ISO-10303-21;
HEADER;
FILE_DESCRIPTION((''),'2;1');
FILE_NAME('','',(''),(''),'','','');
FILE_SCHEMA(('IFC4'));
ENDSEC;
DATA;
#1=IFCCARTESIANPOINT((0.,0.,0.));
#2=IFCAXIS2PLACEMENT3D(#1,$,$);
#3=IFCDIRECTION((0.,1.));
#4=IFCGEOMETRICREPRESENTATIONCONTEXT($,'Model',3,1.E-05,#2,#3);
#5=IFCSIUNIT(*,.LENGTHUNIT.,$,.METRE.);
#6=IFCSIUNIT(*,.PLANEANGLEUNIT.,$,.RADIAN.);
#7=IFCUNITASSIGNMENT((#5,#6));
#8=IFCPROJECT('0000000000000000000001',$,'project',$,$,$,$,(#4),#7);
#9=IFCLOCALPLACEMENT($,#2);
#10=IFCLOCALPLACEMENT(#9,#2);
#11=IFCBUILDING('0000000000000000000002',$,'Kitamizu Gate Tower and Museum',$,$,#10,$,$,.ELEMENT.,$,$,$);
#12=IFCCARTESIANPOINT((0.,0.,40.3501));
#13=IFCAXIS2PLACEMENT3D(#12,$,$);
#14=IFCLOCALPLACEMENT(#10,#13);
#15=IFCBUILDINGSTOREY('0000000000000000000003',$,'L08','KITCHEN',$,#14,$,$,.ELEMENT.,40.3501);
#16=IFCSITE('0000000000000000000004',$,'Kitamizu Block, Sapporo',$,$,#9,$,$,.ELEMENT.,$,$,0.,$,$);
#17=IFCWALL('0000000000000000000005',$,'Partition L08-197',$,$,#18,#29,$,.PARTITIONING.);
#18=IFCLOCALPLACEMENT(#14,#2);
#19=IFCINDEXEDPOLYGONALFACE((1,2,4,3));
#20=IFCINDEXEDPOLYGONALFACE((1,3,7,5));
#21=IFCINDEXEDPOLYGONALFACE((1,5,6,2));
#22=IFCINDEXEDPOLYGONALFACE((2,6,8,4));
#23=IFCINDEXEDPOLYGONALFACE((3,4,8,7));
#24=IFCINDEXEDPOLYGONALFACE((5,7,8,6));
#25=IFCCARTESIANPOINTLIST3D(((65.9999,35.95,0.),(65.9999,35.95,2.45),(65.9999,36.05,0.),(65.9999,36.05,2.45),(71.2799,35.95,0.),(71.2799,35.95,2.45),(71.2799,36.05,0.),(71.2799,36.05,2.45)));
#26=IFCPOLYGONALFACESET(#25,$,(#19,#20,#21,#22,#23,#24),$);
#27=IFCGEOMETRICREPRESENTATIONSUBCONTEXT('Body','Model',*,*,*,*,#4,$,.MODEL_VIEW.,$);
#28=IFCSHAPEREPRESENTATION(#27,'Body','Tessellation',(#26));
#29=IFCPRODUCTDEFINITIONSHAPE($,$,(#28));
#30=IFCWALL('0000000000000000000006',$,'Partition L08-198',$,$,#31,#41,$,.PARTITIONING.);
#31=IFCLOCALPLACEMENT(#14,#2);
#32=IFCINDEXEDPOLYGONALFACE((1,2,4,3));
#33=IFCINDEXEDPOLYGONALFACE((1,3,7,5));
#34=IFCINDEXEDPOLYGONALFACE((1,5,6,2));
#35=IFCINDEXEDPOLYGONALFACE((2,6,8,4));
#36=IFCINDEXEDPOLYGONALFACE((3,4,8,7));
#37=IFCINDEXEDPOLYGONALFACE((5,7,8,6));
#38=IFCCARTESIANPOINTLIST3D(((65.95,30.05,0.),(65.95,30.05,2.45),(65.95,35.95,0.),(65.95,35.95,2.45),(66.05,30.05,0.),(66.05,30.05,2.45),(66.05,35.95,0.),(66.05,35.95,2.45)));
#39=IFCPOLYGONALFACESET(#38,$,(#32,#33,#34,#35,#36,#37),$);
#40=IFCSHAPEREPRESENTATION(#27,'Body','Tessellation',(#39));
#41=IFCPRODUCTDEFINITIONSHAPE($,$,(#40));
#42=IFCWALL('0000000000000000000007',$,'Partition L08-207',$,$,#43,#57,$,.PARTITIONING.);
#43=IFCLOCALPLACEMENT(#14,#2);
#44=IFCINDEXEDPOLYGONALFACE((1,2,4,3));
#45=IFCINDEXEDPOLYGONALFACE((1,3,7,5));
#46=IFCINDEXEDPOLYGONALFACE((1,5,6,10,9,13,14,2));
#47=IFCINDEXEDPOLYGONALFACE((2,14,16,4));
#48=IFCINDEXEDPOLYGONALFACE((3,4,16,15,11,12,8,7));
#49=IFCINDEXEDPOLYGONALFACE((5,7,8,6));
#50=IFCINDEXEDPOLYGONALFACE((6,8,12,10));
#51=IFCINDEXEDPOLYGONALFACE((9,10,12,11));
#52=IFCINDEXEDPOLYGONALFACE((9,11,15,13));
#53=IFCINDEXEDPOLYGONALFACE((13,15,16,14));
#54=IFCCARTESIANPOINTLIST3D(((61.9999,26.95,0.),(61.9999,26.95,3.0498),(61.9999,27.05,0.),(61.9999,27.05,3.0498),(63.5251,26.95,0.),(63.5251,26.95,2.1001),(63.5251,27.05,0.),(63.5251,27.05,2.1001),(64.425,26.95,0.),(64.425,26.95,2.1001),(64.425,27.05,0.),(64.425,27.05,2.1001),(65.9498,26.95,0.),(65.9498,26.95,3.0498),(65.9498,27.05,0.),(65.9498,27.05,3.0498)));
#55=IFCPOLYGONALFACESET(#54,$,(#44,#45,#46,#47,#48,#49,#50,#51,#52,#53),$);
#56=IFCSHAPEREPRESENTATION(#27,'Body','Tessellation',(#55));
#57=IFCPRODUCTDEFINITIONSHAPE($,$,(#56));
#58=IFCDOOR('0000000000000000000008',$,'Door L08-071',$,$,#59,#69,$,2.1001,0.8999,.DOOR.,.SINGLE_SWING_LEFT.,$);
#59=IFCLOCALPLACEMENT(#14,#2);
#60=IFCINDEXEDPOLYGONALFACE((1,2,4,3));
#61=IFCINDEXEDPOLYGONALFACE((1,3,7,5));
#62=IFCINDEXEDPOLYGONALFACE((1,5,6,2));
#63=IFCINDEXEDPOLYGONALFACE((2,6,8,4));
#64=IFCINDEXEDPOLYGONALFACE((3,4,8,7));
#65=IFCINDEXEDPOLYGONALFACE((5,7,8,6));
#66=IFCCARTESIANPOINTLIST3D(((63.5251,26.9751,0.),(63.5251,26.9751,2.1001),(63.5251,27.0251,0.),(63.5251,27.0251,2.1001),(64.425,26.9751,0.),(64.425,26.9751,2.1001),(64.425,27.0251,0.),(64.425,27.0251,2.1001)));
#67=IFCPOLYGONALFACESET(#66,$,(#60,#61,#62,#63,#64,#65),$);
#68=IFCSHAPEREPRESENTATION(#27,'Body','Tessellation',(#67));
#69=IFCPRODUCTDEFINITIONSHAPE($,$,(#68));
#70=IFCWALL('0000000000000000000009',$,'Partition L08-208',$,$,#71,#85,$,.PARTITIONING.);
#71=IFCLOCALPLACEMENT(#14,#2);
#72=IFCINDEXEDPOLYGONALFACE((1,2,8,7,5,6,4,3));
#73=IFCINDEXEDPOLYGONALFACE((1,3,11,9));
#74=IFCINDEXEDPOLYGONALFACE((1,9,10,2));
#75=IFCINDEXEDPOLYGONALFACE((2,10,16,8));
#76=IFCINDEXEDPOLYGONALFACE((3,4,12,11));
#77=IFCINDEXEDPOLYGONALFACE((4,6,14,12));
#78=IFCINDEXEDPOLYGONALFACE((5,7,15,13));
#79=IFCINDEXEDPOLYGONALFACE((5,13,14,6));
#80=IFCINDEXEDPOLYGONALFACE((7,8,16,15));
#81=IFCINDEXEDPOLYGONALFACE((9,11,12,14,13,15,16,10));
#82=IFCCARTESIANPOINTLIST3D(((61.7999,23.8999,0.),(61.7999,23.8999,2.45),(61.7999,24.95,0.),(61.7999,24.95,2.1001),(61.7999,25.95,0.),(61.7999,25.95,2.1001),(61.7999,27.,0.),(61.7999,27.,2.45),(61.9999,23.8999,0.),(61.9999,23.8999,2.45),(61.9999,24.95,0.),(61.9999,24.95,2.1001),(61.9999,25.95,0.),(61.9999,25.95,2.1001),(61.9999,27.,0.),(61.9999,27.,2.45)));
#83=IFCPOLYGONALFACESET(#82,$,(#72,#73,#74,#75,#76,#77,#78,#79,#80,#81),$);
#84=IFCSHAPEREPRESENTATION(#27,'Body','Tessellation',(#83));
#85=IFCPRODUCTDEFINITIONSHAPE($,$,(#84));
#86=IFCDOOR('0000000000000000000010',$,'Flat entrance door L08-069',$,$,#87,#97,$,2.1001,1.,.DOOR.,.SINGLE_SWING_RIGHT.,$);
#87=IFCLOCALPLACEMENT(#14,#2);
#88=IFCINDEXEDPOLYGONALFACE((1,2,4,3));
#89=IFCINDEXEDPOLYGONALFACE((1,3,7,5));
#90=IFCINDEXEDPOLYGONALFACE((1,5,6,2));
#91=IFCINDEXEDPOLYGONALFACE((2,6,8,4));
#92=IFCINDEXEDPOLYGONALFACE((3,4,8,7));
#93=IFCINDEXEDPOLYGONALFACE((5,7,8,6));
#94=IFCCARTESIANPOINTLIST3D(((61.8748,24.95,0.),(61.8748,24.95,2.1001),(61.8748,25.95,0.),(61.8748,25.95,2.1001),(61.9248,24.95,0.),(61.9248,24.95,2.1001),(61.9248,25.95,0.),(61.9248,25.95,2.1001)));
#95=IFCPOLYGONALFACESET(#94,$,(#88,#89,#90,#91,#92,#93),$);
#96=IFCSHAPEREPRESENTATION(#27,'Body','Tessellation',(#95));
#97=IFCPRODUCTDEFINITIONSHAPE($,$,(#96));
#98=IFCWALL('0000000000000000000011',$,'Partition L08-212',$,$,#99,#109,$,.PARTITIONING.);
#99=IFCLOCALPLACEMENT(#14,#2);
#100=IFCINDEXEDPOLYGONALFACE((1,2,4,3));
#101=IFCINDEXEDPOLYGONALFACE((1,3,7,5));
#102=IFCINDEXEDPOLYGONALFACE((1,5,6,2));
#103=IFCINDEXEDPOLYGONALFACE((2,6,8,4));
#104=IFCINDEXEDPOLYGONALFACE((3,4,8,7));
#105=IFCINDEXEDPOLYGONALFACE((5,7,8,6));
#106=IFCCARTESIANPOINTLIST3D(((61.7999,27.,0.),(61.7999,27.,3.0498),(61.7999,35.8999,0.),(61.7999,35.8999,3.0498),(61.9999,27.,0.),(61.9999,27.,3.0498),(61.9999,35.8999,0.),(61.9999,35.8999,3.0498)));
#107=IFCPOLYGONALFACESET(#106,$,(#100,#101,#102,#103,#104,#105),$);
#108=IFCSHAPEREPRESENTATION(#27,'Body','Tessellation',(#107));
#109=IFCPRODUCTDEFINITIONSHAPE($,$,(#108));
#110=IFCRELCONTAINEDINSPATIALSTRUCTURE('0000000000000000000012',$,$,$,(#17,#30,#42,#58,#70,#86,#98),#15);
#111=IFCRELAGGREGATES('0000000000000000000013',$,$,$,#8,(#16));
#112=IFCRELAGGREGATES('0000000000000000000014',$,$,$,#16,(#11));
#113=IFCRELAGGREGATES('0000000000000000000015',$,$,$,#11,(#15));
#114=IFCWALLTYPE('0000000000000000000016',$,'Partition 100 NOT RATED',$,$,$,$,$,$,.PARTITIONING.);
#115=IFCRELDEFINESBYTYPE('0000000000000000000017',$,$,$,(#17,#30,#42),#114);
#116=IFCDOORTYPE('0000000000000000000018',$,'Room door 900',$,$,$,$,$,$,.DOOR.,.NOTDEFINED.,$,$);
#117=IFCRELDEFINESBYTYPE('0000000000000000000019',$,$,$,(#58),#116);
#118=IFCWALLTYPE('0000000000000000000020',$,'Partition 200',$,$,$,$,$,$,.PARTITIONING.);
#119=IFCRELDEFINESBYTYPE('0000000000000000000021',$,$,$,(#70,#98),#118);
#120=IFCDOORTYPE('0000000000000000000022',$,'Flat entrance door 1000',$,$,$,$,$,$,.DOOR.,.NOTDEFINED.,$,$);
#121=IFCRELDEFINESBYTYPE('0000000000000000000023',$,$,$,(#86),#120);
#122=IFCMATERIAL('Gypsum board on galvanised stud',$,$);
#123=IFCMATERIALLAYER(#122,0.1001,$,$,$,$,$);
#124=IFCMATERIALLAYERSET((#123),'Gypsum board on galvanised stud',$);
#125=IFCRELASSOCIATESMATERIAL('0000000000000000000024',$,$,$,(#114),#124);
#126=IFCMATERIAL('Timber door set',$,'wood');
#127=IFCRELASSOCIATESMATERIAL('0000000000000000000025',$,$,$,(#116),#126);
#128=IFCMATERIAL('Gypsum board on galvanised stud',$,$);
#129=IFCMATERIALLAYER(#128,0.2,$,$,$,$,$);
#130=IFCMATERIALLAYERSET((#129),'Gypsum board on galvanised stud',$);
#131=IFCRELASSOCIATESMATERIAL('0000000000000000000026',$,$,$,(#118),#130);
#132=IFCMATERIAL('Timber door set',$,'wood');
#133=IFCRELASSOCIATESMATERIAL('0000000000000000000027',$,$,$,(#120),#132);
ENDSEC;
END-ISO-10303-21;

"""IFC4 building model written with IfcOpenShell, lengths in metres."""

from ifc_helpers import new_model, si_unit, direction, frame, frame_2d, origin, place, context, subcontext, project, spatial, rectangle, extrude, material, layer, layer_set, type_object, element, fill, save


model = new_model("IFC4")

# Units and contexts
model_context = context("Model", 3, precision=1e-05, world=origin(), true_north=direction((0.0, 1.0)))
body_context = subcontext(model_context, "Body", "Model", "MODEL_VIEW")
ifc_project = project(units=[si_unit("LENGTHUNIT", "METRE"), si_unit("PLANEANGLEUNIT", "RADIAN")], contexts=[model_context])

# Site, building, storey
site_placement = place(None, origin())
site = spatial("IfcSite", under=ifc_project, at=site_placement, Name="Kitamizu Block, Sapporo", CompositionType="ELEMENT", RefElevation=0.0)
building_placement = place(site_placement, origin())
building = spatial("IfcBuilding", under=site, at=building_placement, Name="Kitamizu Gate Tower and Museum", CompositionType="ELEMENT")
storey_placement = place(building_placement, frame((0.0, 0.0, 40.3501)))
storey = spatial("IfcBuildingStorey", under=building, at=storey_placement, Name="L08", Description="KITCHEN", CompositionType="ELEMENT", Elevation=40.3501)

# Shared definitions
ifc_material_1 = material(Name="Gypsum board on galvanised stud")
ifc_layer_1 = layer(ifc_material_1, 0.1001)
ifc_layer_set_1 = layer_set([ifc_layer_1], Name="Gypsum board on galvanised stud")
wall_type_1 = type_object("IfcWallType", Name="Partition 100 NOT RATED", PredefinedType="PARTITIONING", material=ifc_layer_set_1)
ifc_material_2 = material(Name="Timber door set", Category="wood")
door_type_1 = type_object("IfcDoorType", Name="Room door 900", OperationType="NOTDEFINED", PredefinedType="DOOR", material=ifc_material_2)

# Walls
wall_1_placement = place(storey_placement, frame((71.28, 36.0, 0.0), z_axis=(0.0, 0.0, 1.0), x_axis=(-1.0, 0.0, 0.0)))
element("IfcWall", 1, at=wall_1_placement, inside=storey, type_object=wall_type_1, Name="Partition L08-197", PredefinedType="PARTITIONING", context=body_context, shape_type="SweptSolid", body=[
    extrude(rectangle(XDim=5.28, YDim=0.1001, at=frame_2d((2.6401, 0.0))), origin(), (0.0, 0.0, 1.0), 2.45),
])
wall_2_placement = place(storey_placement, frame((66.0, 35.95, 0.0), z_axis=(0.0, 0.0, 1.0), x_axis=(0.0, -1.0, 0.0)))
element("IfcWall", 2, at=wall_2_placement, inside=storey, type_object=wall_type_1, Name="Partition L08-198", PredefinedType="PARTITIONING", context=body_context, shape_type="SweptSolid", body=[
    extrude(rectangle(XDim=5.8999, YDim=0.1001, at=frame_2d((2.95, 0.0))), origin(), (0.0, 0.0, 1.0), 2.45),
])

# Walls, openings, doors
wall_3_placement = place(storey_placement, frame((65.95, 27.0, 0.0), z_axis=(0.0, 0.0, 1.0), x_axis=(-1.0, 0.0, 0.0)))
wall_3 = element("IfcWall", 3, at=wall_3_placement, inside=storey, type_object=wall_type_1, Name="Partition L08-207", PredefinedType="PARTITIONING", context=body_context, shape_type="SweptSolid", body=[
    extrude(rectangle(XDim=3.95, YDim=0.1001, at=frame_2d((1.9751, 0.0))), origin(), (0.0, 0.0, 1.0), 3.0498),
])
opening_1_placement = place(wall_3_placement, frame((1.5249, 0.0, 0.0)))
opening_1 = element("IfcOpeningElement", 4, at=opening_1_placement, cuts=wall_3, PredefinedType="OPENING", context=body_context, shape_type="SweptSolid", body=[
    extrude(rectangle(XDim=0.8999, YDim=2.1001, at=frame_2d((0.45, 1.05))), frame((0.0, 0.0601, 0.0), z_axis=(0.0, -1.0, 0.0), x_axis=(1.0, 0.0, 0.0)), (0.0, 0.0, 1.0), 0.1201),
])
door_1_placement = place(opening_1_placement, origin())
door_1 = element("IfcDoor", 5, at=door_1_placement, inside=storey, type_object=door_type_1, Name="Door L08-071", OperationType="SINGLE_SWING_LEFT", OverallHeight=2.1001, OverallWidth=0.8999, PredefinedType="DOOR", context=body_context, shape_type="SweptSolid", body=[
    extrude(rectangle(XDim=0.8999, YDim=2.1001, at=frame_2d((0.45, 1.05))), frame((0.0, 0.0249, 0.0), z_axis=(0.0, -1.0, 0.0), x_axis=(1.0, 0.0, 0.0)), (0.0, 0.0, 1.0), 0.05),
])
fill(opening_1, door_1)
ifc_material_3 = material(Name="Gypsum board on galvanised stud")
ifc_layer_2 = layer(ifc_material_3, 0.2)
ifc_layer_set_2 = layer_set([ifc_layer_2], Name="Gypsum board on galvanised stud")
wall_type_2 = type_object("IfcWallType", Name="Partition 200", PredefinedType="PARTITIONING", material=ifc_layer_set_2)
wall_4_placement = place(storey_placement, frame((61.8999, 27.0, 0.0), z_axis=(0.0, 0.0, 1.0), x_axis=(0.0, -1.0, 0.0)))
wall_4 = element("IfcWall", 6, at=wall_4_placement, inside=storey, type_object=wall_type_2, Name="Partition L08-208", PredefinedType="PARTITIONING", context=body_context, shape_type="SweptSolid", body=[
    extrude(rectangle(XDim=3.1001, YDim=0.2, at=frame_2d((1.55, 0.0))), origin(), (0.0, 0.0, 1.0), 2.45),
])
opening_2_placement = place(wall_4_placement, frame((1.05, 0.0, 0.0)))
opening_2 = element("IfcOpeningElement", 7, at=opening_2_placement, cuts=wall_4, PredefinedType="OPENING", context=body_context, shape_type="SweptSolid", body=[
    extrude(rectangle(XDim=1.0, YDim=2.1001, at=frame_2d((0.5, 1.05))), frame((0.0, 0.1099, 0.0), z_axis=(0.0, -1.0, 0.0), x_axis=(1.0, 0.0, 0.0)), (0.0, 0.0, 1.0), 0.22),
])
ifc_material_4 = material(Name="Timber door set", Category="wood")
door_type_2 = type_object("IfcDoorType", Name="Flat entrance door 1000", OperationType="NOTDEFINED", PredefinedType="DOOR", material=ifc_material_4)
door_2_placement = place(opening_2_placement, origin())
door_2 = element("IfcDoor", 8, at=door_2_placement, inside=storey, type_object=door_type_2, Name="Flat entrance door L08-069", OperationType="SINGLE_SWING_RIGHT", OverallHeight=2.1001, OverallWidth=1.0, PredefinedType="DOOR", context=body_context, shape_type="SweptSolid", body=[
    extrude(rectangle(XDim=1.0, YDim=2.1001, at=frame_2d((0.5, 1.05))), frame((0.0, 0.0249, 0.0), z_axis=(0.0, -1.0, 0.0), x_axis=(1.0, 0.0, 0.0)), (0.0, 0.0, 1.0), 0.05),
])
fill(opening_2, door_2)

# Wall
wall_5_placement = place(storey_placement, frame((61.8999, 35.8999, 0.0), z_axis=(0.0, 0.0, 1.0), x_axis=(0.0, -1.0, 0.0)))
element("IfcWall", 9, at=wall_5_placement, inside=storey, type_object=wall_type_2, Name="Partition L08-212", PredefinedType="PARTITIONING", context=body_context, shape_type="SweptSolid", body=[
    extrude(rectangle(XDim=8.8999, YDim=0.2, at=frame_2d((4.45, 0.0))), origin(), (0.0, 0.0, 1.0), 3.0498),
])

save(model, "model.ifc")
